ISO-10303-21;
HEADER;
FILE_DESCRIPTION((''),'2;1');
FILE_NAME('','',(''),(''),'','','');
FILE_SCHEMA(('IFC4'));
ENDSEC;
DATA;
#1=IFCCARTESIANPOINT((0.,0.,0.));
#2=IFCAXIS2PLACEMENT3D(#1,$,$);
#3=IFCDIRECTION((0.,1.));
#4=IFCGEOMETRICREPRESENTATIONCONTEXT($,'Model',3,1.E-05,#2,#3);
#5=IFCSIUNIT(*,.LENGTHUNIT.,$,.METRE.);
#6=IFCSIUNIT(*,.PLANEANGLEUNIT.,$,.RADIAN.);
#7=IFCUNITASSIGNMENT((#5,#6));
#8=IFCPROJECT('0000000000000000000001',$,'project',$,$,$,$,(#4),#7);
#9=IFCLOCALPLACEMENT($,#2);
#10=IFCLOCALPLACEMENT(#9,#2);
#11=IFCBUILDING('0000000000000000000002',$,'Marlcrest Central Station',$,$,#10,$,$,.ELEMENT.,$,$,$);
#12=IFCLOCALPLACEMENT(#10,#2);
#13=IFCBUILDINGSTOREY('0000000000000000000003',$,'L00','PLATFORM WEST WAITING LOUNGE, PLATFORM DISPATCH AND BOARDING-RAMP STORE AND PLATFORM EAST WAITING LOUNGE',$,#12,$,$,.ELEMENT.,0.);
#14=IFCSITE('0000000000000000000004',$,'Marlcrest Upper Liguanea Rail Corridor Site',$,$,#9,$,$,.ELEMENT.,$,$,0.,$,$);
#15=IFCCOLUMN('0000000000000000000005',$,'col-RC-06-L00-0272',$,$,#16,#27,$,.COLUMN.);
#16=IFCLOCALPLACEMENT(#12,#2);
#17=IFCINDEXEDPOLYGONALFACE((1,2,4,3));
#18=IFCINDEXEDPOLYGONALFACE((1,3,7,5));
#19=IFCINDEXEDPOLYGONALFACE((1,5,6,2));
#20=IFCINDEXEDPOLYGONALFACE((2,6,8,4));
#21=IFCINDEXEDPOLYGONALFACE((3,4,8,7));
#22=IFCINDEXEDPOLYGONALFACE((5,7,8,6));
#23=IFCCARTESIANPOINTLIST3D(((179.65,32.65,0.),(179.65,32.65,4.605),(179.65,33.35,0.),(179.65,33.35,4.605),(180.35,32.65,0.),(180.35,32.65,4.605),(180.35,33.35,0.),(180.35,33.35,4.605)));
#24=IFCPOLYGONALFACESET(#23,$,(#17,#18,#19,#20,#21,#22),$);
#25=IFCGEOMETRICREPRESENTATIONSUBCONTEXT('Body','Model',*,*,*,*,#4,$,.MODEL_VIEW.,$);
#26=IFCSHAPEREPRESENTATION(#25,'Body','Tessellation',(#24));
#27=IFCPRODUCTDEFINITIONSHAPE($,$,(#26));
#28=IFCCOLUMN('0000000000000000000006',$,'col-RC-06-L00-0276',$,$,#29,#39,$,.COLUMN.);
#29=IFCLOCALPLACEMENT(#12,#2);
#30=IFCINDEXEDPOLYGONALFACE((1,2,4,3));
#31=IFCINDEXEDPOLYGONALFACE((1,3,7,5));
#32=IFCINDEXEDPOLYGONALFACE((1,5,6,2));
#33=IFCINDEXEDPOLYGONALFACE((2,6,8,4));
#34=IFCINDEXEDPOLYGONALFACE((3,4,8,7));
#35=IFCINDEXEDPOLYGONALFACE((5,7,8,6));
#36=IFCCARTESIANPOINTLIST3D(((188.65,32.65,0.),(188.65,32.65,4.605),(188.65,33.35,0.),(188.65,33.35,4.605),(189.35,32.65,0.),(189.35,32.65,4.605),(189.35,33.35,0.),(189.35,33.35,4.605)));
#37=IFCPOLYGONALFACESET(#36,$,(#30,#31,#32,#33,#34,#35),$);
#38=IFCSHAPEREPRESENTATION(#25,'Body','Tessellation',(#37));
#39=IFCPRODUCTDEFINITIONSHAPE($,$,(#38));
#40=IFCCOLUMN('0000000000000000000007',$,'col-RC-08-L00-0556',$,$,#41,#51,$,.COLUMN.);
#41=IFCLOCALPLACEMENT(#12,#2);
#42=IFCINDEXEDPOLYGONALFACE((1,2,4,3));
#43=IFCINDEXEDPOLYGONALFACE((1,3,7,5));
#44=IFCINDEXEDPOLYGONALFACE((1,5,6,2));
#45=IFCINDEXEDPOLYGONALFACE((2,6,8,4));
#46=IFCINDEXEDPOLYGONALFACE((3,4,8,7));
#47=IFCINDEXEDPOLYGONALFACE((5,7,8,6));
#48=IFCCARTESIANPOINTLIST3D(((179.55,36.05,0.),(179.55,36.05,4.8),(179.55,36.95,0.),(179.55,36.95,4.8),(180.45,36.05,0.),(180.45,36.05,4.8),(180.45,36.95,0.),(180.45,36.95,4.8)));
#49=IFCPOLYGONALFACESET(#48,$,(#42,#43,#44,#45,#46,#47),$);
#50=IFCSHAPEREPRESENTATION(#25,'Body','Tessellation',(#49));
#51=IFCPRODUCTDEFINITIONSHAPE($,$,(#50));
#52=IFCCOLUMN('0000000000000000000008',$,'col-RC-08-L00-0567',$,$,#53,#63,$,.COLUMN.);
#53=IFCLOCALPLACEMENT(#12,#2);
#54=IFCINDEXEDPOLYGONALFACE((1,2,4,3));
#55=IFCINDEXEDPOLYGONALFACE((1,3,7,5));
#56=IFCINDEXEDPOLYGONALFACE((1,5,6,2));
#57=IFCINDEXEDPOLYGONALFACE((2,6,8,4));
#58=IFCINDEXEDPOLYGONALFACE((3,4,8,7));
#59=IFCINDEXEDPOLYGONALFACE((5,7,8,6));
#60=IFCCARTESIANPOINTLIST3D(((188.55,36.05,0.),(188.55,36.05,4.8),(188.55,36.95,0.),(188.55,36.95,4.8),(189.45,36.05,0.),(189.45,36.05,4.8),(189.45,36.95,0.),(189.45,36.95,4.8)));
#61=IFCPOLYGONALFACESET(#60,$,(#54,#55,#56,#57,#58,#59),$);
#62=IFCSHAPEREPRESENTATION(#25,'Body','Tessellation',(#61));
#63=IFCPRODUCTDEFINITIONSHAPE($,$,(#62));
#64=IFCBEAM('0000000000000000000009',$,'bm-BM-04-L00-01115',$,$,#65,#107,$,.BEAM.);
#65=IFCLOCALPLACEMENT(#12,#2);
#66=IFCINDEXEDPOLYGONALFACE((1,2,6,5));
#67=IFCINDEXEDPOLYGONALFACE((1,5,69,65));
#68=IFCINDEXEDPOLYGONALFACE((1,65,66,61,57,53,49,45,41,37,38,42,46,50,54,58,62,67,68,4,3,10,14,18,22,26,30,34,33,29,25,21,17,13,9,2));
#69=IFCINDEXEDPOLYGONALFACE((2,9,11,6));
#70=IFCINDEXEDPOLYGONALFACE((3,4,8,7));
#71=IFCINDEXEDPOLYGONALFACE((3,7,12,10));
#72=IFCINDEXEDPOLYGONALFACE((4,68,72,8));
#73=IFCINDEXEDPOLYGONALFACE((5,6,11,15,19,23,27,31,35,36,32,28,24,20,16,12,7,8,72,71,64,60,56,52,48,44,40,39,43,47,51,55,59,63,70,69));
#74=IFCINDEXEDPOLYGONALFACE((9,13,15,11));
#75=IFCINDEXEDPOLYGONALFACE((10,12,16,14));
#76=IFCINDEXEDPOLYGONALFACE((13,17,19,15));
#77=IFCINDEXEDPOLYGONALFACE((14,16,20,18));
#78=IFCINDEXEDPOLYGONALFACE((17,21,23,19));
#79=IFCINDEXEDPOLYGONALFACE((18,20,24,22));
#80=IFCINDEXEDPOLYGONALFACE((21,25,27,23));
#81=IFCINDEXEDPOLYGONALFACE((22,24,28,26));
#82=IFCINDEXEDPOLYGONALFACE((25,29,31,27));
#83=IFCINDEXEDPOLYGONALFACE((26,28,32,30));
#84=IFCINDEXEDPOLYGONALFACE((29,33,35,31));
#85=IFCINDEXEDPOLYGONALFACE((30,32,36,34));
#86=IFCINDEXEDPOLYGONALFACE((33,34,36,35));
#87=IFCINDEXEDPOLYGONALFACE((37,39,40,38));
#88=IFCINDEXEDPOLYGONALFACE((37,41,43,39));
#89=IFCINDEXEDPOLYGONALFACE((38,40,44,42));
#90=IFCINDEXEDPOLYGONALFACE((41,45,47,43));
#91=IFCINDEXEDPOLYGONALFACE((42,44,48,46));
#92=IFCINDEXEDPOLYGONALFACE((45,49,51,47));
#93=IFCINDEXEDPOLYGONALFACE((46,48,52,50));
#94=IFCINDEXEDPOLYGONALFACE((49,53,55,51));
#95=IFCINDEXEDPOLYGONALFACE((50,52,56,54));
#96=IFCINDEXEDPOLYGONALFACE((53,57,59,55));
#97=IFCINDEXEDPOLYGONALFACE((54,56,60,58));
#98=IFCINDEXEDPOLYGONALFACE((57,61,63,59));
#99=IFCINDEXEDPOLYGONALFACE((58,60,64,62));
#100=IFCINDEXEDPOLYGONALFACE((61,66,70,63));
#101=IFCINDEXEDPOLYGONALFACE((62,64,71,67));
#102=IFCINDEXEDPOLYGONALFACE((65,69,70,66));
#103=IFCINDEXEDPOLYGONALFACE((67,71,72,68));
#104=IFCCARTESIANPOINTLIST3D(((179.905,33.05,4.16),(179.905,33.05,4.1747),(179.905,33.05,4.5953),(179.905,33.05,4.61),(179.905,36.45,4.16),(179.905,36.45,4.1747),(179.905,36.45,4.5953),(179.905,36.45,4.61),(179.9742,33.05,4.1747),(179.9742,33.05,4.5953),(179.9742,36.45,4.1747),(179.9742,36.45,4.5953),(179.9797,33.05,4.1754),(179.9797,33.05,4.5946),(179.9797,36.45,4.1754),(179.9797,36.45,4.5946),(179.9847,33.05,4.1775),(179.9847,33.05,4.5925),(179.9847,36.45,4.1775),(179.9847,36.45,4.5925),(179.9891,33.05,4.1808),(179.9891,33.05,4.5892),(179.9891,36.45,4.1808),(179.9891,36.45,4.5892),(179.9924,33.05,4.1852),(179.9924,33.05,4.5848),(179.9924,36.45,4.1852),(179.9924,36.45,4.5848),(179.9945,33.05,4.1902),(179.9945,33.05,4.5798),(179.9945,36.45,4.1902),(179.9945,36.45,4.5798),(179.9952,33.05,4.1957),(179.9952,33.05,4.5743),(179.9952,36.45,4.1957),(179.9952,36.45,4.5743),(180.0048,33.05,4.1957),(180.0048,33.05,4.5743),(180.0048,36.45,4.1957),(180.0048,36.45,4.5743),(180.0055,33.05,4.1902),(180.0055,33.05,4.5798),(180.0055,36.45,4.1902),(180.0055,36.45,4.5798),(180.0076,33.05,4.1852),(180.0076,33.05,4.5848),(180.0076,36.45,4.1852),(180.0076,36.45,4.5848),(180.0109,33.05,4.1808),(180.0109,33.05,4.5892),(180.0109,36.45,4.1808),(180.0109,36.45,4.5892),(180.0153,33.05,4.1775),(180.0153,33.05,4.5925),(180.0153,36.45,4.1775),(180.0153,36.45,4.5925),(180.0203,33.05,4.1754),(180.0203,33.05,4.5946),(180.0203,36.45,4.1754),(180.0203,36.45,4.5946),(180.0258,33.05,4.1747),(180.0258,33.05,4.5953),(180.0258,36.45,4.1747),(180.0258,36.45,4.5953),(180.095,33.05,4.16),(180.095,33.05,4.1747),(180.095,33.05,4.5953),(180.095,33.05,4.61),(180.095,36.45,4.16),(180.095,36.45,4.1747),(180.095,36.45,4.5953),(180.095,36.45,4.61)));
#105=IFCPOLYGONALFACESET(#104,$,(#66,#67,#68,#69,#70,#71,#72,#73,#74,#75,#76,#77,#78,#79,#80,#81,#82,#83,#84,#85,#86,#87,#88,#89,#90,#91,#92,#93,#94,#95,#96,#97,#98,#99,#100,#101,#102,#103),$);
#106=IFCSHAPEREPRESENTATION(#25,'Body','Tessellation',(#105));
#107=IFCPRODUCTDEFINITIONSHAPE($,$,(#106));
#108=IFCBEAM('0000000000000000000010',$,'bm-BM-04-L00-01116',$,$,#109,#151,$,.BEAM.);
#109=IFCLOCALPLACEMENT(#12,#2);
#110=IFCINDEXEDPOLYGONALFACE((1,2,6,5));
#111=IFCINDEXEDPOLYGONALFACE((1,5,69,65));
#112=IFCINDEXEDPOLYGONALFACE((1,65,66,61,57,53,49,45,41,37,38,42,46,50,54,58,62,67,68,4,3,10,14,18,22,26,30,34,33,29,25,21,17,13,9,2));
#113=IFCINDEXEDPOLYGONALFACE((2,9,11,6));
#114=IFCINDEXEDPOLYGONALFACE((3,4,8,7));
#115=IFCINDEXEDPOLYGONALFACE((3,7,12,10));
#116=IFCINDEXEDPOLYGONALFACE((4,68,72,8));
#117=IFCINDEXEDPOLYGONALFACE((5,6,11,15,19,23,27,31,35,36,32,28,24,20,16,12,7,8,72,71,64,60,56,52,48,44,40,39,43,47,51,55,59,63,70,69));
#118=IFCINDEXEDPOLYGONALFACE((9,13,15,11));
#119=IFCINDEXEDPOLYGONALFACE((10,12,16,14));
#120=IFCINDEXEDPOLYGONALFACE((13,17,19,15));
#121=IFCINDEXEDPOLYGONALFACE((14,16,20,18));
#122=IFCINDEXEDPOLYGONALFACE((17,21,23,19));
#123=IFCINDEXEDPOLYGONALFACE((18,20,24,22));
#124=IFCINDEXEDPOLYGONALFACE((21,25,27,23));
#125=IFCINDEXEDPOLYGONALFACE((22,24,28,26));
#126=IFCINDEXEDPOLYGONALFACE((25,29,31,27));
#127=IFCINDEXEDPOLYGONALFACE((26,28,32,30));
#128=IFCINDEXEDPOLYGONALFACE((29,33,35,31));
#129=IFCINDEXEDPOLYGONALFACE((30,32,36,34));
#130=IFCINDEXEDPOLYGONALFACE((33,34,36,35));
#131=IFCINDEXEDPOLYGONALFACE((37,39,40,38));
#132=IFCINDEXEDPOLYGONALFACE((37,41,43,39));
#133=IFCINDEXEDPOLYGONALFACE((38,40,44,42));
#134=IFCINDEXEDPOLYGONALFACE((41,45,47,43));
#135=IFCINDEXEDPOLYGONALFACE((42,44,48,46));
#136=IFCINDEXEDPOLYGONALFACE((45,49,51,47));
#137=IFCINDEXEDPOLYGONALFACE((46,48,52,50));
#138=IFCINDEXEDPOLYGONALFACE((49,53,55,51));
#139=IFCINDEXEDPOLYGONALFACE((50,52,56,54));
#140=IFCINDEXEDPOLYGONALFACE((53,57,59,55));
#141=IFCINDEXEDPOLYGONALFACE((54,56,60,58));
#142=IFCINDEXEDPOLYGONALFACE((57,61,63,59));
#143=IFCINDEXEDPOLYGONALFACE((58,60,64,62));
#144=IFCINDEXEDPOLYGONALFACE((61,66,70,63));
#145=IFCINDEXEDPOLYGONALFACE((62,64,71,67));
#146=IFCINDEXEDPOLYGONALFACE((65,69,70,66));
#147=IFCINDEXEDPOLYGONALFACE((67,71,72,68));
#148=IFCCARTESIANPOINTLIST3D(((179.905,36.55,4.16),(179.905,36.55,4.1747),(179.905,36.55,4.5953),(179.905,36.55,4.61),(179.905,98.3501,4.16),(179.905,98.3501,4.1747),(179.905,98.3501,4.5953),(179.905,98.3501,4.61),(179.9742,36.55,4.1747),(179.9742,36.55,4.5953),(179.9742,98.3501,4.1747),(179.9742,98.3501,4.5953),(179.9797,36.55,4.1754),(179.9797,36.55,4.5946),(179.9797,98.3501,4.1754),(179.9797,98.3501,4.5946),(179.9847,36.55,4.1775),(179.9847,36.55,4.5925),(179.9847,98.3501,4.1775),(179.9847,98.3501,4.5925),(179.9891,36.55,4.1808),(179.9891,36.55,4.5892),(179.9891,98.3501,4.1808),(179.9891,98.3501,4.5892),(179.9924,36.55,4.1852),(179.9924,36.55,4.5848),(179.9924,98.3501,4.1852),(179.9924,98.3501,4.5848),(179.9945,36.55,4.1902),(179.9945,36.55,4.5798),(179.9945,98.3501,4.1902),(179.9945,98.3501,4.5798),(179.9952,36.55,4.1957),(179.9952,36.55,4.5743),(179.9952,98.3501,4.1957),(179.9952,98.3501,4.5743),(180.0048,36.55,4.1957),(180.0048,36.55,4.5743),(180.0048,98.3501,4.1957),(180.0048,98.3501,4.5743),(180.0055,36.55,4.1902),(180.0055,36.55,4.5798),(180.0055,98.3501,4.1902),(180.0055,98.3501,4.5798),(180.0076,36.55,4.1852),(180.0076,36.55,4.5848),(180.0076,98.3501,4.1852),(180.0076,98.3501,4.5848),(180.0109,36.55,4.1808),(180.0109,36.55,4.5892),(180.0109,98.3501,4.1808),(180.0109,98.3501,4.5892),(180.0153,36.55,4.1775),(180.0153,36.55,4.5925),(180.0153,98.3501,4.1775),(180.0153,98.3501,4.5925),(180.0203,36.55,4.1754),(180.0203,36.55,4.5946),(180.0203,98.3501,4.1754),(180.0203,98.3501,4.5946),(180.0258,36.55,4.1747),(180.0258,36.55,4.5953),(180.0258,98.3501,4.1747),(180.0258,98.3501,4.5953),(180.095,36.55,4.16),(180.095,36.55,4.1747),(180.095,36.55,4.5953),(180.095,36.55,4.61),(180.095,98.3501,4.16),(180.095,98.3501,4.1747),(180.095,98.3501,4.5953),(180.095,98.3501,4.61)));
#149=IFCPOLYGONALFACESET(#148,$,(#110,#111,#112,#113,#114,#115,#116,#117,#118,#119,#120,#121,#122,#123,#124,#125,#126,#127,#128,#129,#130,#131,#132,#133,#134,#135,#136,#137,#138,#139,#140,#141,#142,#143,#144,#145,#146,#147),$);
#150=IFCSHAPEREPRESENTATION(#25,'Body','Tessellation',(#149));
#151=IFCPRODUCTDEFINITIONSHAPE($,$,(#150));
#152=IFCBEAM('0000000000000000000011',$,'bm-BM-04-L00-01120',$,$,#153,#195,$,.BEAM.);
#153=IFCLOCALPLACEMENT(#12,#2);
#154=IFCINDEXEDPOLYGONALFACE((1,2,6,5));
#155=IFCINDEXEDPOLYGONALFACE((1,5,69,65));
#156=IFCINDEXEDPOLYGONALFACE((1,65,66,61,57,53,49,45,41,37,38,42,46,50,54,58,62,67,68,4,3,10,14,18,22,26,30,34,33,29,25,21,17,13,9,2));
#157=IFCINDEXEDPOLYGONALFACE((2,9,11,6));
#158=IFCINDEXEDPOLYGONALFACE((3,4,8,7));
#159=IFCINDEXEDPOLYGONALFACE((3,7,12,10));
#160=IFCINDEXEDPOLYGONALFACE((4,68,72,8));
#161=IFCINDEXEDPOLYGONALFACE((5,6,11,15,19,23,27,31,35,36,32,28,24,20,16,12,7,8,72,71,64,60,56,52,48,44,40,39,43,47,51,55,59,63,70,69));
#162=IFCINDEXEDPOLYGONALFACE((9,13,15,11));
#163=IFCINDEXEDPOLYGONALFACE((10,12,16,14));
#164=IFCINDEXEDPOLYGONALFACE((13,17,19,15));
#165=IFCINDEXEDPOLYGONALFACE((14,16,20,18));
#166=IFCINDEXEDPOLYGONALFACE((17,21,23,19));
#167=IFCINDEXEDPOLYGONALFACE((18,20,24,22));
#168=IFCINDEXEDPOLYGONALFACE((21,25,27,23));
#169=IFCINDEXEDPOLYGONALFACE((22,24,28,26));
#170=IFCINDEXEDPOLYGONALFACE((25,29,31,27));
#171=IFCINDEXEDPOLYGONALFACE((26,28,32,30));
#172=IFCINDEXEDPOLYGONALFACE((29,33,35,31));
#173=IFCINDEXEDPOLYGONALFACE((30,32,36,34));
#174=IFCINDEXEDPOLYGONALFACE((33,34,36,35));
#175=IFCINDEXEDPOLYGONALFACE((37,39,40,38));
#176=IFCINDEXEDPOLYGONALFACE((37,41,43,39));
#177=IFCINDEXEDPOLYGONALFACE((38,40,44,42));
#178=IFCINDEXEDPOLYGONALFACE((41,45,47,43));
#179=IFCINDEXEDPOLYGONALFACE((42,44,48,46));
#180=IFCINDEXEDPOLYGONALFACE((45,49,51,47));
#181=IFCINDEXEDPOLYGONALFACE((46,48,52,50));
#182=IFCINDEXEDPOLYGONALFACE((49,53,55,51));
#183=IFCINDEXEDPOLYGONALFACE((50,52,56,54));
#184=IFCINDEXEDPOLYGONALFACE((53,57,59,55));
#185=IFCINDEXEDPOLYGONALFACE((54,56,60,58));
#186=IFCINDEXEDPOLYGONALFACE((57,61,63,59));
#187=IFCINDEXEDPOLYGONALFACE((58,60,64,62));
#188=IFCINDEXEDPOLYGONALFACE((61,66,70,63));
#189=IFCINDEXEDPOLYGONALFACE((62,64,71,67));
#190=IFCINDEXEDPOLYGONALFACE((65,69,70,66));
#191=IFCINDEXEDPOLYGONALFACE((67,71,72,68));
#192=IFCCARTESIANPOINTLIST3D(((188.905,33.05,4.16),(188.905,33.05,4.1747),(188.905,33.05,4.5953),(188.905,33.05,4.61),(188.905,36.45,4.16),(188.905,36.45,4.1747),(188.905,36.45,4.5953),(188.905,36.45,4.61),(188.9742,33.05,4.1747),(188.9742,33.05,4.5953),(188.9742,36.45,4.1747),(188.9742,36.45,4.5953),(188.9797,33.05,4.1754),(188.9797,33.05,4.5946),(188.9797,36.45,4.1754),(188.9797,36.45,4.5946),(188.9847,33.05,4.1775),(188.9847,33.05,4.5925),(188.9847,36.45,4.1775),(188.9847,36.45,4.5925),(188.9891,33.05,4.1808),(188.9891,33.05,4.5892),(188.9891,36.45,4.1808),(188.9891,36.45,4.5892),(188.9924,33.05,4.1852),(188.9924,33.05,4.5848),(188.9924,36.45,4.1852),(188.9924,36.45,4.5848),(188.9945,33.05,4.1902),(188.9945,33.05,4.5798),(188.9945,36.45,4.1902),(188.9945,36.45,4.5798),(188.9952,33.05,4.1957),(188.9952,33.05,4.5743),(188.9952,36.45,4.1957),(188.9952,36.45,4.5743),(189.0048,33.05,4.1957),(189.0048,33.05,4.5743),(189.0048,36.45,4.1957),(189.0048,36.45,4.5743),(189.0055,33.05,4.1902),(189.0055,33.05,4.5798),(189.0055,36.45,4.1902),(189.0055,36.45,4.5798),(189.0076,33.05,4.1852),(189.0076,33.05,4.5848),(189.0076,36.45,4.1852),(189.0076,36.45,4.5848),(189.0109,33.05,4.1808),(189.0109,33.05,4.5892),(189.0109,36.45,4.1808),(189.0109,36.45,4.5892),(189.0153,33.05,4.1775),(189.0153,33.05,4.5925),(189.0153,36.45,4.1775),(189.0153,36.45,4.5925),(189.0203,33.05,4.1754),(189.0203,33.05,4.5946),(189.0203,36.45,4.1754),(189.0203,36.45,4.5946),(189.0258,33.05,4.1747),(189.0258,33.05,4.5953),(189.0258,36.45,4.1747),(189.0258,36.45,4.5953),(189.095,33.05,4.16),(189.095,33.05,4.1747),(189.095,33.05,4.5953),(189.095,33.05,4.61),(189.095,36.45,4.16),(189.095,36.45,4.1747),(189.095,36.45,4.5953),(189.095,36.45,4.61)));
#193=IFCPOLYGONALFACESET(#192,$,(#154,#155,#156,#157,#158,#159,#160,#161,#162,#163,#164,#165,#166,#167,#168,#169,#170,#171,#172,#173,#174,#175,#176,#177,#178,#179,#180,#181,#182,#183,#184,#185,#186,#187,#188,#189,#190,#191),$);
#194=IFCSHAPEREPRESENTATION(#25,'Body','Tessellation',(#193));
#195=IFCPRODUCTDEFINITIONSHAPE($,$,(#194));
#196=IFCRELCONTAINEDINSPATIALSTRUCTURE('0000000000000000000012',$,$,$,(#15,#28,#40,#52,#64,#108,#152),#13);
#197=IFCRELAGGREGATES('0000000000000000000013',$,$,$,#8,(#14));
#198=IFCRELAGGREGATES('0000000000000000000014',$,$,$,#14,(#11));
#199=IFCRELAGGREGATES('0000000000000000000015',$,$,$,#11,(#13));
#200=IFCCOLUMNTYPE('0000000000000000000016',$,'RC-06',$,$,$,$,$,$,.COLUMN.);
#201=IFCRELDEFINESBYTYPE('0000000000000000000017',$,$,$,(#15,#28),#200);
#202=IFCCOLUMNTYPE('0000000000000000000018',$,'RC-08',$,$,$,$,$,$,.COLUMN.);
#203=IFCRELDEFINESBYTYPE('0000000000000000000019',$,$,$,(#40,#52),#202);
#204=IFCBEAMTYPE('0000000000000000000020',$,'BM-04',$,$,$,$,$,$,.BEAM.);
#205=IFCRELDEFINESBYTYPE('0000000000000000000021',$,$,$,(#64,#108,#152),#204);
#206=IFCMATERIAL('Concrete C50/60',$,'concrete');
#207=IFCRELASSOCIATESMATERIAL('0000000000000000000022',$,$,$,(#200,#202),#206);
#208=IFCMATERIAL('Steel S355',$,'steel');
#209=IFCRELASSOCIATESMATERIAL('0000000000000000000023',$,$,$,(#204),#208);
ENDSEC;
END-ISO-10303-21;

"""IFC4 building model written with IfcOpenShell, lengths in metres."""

from ifc_helpers import new_model, si_unit, direction, frame, origin, origin_2d, place, context, subcontext, project, spatial, rectangle, i_section, extrude, material, material_profile, profile_set, type_object, element, save


model = new_model("IFC4")

# Units and contexts
model_context = context("Model", 3, precision=1e-05, world=origin(), true_north=direction((0.0, 1.0)))
body_context = subcontext(model_context, "Body", "Model", "MODEL_VIEW")
ifc_project = project(units=[si_unit("LENGTHUNIT", "METRE"), si_unit("PLANEANGLEUNIT", "RADIAN")], contexts=[model_context])

# Site, building, storey
site_placement = place(None, origin())
site = spatial("IfcSite", under=ifc_project, at=site_placement, Name="Marlcrest Upper Liguanea Rail Corridor Site", CompositionType="ELEMENT", RefElevation=0.0)
building_placement = place(site_placement, origin())
building = spatial("IfcBuilding", under=site, at=building_placement, Name="Marlcrest Central Station", CompositionType="ELEMENT")
storey_placement = place(building_placement, origin())
storey = spatial("IfcBuildingStorey", under=building, at=storey_placement, Name="L00", Description="PLATFORM WEST WAITING LOUNGE, PLATFORM DISPATCH AND BOARDING-RAMP STORE AND PLATFORM EAST WAITING LOUNGE", CompositionType="ELEMENT", Elevation=0.0)

# Columns
ifc_material_1 = material(Name="Concrete C50/60", Category="concrete")
ifc_material_profile_1 = material_profile(ifc_material_1, rectangle(XDim=0.7, YDim=0.7, at=origin_2d()), Name="RC 700x700")
ifc_profile_set_1 = profile_set([ifc_material_profile_1], Name="Concrete C50/60")
column_type_1 = type_object("IfcColumnType", Name="RC-06", PredefinedType="COLUMN", material=ifc_profile_set_1)
for number, where, z_axis, x_axis, name in (
    (1, (180.0, 33.0, 0.0), (0.0, 0.0, 1.0), (1.0, 0.0, 0.0), "col-RC-06-L00-0272"),
    (2, (189.0, 33.0, 0.0), (0.0, 0.0, 1.0), (1.0, 0.0, 0.0), "col-RC-06-L00-0276"),
):
    element("IfcColumn", number, at=place(storey_placement, frame(where, z_axis=z_axis, x_axis=x_axis)), inside=storey, type_object=column_type_1, Name=name, PredefinedType="COLUMN", context=body_context, shape_type="SweptSolid", body=[
        extrude(rectangle(XDim=0.7, YDim=0.7, at=origin_2d()), origin(), (0.0, 0.0, 1.0), 4.605),
    ])
ifc_material_profile_2 = material_profile(ifc_material_1, rectangle(XDim=0.8999, YDim=0.8999, at=origin_2d()), Name="RC 900x900")
ifc_profile_set_2 = profile_set([ifc_material_profile_2], Name="Concrete C50/60")
column_type_2 = type_object("IfcColumnType", Name="RC-08", PredefinedType="COLUMN", material=ifc_profile_set_2)
for number, where, z_axis, x_axis, name in (
    (3, (180.0, 36.5, 0.0), (0.0, 0.0, 1.0), (1.0, 0.0, 0.0), "col-RC-08-L00-0556"),
    (4, (189.0, 36.5, 0.0), (0.0, 0.0, 1.0), (1.0, 0.0, 0.0), "col-RC-08-L00-0567"),
):
    element("IfcColumn", number, at=place(storey_placement, frame(where, z_axis=z_axis, x_axis=x_axis)), inside=storey, type_object=column_type_2, Name=name, PredefinedType="COLUMN", context=body_context, shape_type="SweptSolid", body=[
        extrude(rectangle(XDim=0.8999, YDim=0.8999, at=origin_2d()), origin(), (0.0, 0.0, 1.0), 4.8),
    ])

# Beams
ifc_material_2 = material(Name="Steel S355", Category="steel")
ifc_material_profile_3 = material_profile(ifc_material_2, i_section(OverallWidth=0.1899, OverallDepth=0.45, WebThickness=0.0095, FlangeThickness=0.0146, FilletRadius=0.021, at=origin_2d()), Name="IPE 450")
ifc_profile_set_3 = profile_set([ifc_material_profile_3], Name="Steel S355")
beam_type_1 = type_object("IfcBeamType", Name="BM-04", PredefinedType="BEAM", material=ifc_profile_set_3)
beam_1_placement = place(storey_placement, frame((180.0, 33.05, 4.385), z_axis=(0.0, 1.0, 0.0), x_axis=(-1.0, 0.0, 0.0)))
element("IfcBeam", 5, at=beam_1_placement, inside=storey, type_object=beam_type_1, Name="bm-BM-04-L00-01115", PredefinedType="BEAM", context=body_context, shape_type="SweptSolid", body=[
    extrude(i_section(OverallWidth=0.1899, OverallDepth=0.45, WebThickness=0.0095, FlangeThickness=0.0146, FilletRadius=0.021, at=origin_2d()), origin(), (0.0, 0.0, 1.0), 3.3999),
])
beam_2_placement = place(storey_placement, frame((180.0, 36.55, 4.385), z_axis=(0.0, 1.0, 0.0), x_axis=(-1.0, 0.0, 0.0)))
element("IfcBeam", 6, at=beam_2_placement, inside=storey, type_object=beam_type_1, Name="bm-BM-04-L00-01116", PredefinedType="BEAM", context=body_context, shape_type="SweptSolid", body=[
    extrude(i_section(OverallWidth=0.1899, OverallDepth=0.45, WebThickness=0.0095, FlangeThickness=0.0146, FilletRadius=0.021, at=origin_2d()), origin(), (0.0, 0.0, 1.0), 61.8),
])
beam_3_placement = place(storey_placement, frame((189.0, 33.05, 4.385), z_axis=(0.0, 1.0, 0.0), x_axis=(-1.0, 0.0, 0.0)))
element("IfcBeam", 7, at=beam_3_placement, inside=storey, type_object=beam_type_1, Name="bm-BM-04-L00-01120", PredefinedType="BEAM", context=body_context, shape_type="SweptSolid", body=[
    extrude(i_section(OverallWidth=0.1899, OverallDepth=0.45, WebThickness=0.0095, FlangeThickness=0.0146, FilletRadius=0.021, at=origin_2d()), origin(), (0.0, 0.0, 1.0), 3.3999),
])

save(model, "model.ifc")
